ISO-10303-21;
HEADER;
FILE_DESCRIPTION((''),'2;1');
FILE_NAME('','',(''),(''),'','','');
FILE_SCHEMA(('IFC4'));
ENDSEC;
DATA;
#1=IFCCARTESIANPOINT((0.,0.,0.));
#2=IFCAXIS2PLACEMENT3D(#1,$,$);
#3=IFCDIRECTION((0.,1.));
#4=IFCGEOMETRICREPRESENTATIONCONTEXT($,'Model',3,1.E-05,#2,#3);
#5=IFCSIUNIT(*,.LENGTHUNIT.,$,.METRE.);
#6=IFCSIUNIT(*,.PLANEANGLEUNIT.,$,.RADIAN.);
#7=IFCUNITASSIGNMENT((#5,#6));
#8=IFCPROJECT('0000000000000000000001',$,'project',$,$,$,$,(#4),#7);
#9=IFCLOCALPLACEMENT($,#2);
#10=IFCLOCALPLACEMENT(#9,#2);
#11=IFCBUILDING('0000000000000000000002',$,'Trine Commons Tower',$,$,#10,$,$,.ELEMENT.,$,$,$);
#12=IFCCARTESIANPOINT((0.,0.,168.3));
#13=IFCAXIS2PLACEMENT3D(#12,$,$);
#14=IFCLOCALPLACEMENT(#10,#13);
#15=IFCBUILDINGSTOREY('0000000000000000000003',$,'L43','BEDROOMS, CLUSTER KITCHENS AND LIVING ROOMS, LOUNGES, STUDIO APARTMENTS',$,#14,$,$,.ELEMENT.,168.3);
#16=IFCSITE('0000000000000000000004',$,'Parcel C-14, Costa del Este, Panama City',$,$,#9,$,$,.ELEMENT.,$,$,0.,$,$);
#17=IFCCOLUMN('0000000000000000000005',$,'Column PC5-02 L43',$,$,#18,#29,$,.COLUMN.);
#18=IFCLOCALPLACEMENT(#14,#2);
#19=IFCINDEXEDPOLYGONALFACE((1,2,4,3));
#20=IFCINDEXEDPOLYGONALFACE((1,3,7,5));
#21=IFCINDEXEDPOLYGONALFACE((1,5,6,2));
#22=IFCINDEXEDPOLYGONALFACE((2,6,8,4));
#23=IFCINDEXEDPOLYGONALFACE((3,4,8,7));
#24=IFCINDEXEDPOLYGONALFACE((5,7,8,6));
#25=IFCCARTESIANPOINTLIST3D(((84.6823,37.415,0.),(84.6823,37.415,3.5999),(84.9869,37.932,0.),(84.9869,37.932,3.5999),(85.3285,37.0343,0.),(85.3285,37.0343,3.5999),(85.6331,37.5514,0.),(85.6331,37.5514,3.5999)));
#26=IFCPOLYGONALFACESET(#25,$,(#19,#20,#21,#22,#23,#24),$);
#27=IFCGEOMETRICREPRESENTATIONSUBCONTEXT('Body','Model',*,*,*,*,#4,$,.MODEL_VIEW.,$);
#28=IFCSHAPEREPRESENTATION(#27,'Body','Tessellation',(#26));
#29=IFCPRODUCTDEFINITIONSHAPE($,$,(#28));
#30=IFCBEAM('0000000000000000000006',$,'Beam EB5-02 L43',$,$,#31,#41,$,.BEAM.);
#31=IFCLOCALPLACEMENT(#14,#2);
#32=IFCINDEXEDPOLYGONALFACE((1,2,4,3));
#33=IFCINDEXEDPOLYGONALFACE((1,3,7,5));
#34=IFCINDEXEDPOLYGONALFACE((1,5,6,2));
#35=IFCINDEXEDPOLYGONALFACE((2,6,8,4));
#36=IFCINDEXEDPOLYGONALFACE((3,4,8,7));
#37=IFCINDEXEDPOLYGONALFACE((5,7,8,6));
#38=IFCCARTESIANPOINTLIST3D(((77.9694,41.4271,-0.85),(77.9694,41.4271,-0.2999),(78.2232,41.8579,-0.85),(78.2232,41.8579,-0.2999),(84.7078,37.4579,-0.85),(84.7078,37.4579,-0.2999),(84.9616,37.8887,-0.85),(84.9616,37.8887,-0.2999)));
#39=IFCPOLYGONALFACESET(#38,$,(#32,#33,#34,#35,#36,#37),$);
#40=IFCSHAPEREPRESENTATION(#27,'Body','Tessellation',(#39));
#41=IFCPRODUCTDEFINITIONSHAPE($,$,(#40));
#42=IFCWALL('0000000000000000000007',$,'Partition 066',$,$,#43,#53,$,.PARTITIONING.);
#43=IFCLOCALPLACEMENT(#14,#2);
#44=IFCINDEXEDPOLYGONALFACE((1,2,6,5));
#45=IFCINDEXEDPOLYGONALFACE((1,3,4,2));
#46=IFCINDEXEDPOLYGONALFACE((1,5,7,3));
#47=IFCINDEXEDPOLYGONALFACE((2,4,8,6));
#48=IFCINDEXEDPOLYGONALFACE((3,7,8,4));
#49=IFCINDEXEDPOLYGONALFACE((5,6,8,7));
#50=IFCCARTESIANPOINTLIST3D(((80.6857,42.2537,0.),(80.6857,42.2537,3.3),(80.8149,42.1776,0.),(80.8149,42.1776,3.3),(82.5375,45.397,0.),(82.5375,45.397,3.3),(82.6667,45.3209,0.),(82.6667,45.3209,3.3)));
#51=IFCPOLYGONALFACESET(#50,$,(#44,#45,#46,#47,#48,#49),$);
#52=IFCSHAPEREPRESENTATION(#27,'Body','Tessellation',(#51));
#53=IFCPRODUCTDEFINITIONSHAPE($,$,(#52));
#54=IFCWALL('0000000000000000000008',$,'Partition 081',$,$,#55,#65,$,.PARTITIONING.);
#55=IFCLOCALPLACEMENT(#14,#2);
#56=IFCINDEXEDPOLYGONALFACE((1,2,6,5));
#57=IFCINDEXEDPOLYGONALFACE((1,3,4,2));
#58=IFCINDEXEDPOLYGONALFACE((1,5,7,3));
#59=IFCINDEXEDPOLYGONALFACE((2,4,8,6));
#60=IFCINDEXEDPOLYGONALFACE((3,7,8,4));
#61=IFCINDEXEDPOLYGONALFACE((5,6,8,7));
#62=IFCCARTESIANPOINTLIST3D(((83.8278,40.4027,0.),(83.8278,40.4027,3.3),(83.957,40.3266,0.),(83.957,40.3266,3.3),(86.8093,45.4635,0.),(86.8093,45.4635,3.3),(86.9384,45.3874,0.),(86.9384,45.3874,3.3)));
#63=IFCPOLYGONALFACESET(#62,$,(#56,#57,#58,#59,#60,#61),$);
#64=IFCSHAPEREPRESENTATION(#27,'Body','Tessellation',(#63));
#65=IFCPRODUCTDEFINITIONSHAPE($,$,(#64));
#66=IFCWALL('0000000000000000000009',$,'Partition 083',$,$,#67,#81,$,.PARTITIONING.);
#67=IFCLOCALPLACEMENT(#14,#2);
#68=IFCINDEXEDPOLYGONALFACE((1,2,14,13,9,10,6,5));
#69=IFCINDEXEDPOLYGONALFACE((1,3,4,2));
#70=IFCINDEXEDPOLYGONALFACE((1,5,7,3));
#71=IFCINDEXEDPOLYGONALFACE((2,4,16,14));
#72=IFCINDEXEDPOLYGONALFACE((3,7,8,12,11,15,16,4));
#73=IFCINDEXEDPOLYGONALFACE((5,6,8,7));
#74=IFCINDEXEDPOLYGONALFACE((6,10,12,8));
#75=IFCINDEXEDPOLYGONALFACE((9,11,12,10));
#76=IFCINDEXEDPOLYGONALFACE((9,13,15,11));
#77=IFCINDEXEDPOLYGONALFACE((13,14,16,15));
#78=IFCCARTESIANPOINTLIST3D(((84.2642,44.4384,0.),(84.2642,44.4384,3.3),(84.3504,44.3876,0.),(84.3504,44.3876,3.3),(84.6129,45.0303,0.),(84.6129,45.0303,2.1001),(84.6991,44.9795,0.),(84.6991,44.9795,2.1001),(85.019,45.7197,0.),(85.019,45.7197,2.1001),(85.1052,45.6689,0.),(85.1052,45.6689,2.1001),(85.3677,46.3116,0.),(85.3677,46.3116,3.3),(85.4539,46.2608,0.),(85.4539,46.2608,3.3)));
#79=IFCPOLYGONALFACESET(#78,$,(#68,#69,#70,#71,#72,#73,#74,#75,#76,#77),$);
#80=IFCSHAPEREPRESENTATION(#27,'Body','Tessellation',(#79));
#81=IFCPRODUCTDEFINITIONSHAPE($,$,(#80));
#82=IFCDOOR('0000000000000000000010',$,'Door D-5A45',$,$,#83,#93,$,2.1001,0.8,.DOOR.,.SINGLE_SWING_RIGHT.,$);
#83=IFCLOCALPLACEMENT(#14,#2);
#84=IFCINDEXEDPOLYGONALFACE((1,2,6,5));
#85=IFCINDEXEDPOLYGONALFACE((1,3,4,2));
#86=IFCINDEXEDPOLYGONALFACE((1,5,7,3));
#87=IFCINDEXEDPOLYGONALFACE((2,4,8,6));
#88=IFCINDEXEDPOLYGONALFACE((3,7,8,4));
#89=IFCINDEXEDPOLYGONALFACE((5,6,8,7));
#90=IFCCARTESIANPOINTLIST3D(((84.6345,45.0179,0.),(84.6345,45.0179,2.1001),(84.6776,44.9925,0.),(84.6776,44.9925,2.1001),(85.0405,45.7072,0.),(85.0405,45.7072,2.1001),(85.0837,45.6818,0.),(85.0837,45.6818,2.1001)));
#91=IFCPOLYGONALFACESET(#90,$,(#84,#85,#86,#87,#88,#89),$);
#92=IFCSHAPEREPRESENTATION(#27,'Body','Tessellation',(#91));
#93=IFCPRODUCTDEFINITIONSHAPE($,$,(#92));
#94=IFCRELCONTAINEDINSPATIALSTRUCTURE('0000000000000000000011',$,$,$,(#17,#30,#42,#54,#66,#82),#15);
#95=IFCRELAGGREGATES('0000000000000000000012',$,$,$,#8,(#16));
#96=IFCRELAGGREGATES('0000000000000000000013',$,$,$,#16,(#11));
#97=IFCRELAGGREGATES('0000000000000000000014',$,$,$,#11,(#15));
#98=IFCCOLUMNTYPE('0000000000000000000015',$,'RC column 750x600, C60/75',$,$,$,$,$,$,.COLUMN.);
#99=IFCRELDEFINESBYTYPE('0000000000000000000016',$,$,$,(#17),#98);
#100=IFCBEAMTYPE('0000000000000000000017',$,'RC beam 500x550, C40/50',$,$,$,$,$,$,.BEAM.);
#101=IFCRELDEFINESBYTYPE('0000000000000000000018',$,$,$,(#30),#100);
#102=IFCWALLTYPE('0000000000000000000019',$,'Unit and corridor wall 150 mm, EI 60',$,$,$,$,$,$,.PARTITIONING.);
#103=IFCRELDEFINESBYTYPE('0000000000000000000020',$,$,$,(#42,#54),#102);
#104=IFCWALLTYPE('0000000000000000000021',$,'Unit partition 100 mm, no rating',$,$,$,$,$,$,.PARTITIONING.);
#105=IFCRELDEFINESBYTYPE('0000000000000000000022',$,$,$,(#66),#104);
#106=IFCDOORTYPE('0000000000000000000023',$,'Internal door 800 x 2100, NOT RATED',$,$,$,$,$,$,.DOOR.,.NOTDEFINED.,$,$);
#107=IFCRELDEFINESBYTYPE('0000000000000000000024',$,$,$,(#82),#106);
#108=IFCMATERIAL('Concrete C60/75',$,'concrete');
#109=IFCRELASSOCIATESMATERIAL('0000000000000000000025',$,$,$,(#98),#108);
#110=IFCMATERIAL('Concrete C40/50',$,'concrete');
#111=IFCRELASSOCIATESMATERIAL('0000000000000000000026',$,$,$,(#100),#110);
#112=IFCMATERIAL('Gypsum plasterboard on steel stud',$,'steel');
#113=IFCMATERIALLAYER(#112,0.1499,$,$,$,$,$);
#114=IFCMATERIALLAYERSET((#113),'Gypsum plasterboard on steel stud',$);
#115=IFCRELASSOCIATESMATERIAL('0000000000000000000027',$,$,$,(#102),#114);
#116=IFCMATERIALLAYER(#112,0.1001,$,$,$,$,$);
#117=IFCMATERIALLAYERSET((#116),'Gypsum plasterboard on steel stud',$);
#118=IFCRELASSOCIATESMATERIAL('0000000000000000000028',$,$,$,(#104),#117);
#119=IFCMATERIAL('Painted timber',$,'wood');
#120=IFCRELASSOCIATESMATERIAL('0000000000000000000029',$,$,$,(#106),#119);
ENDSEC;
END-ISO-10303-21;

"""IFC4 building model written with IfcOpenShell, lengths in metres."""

from ifc_helpers import new_model, si_unit, direction, frame, frame_2d, origin, origin_2d, place, context, subcontext, project, spatial, rectangle, extrude, material, layer, layer_set, material_profile, profile_set, type_object, element, fill, save


model = new_model("IFC4")

# Units and contexts
model_context = context("Model", 3, precision=1e-05, world=origin(), true_north=direction((0.0, 1.0)))
body_context = subcontext(model_context, "Body", "Model", "MODEL_VIEW")
ifc_project = project(units=[si_unit("LENGTHUNIT", "METRE"), si_unit("PLANEANGLEUNIT", "RADIAN")], contexts=[model_context])

# Site, building, storey
site_placement = place(None, origin())
site = spatial("IfcSite", under=ifc_project, at=site_placement, Name="Parcel C-14, Costa del Este, Panama City", CompositionType="ELEMENT", RefElevation=0.0)
building_placement = place(site_placement, origin())
building = spatial("IfcBuilding", under=site, at=building_placement, Name="Trine Commons Tower", CompositionType="ELEMENT")
storey_placement = place(building_placement, frame((0.0, 0.0, 168.3)))
storey = spatial("IfcBuildingStorey", under=building, at=storey_placement, Name="L43", Description="BEDROOMS, CLUSTER KITCHENS AND LIVING ROOMS, LOUNGES, STUDIO APARTMENTS", CompositionType="ELEMENT", Elevation=168.3)

# Column
ifc_material_1 = material(Name="Concrete C60/75", Category="concrete")
ifc_material_profile_1 = material_profile(ifc_material_1, rectangle(XDim=0.75, YDim=0.6001, at=origin_2d()), Name="RC 750x600")
ifc_profile_set_1 = profile_set([ifc_material_profile_1], Name="Concrete C60/75")
column_type = type_object("IfcColumnType", Name="RC column 750x600, C60/75", PredefinedType="COLUMN", material=ifc_profile_set_1)
column_placement = place(storey_placement, frame((85.1577, 37.4832, 0.0), z_axis=(0.0, 0.0, 1.0), x_axis=(-0.861629, 0.507538, 0.0)))
element("IfcColumn", 1, at=column_placement, inside=storey, type_object=column_type, Name="Column PC5-02 L43", PredefinedType="COLUMN", context=body_context, shape_type="SweptSolid", body=[
    extrude(rectangle(XDim=0.75, YDim=0.6001, at=origin_2d()), origin(), (0.0, 0.0, 1.0), 3.5999),
])

# Beam
ifc_material_2 = material(Name="Concrete C40/50", Category="concrete")
ifc_material_profile_2 = material_profile(ifc_material_2, rectangle(XDim=0.5, YDim=0.55, at=origin_2d()), Name="RC 500x550")
ifc_profile_set_2 = profile_set([ifc_material_profile_2], Name="Concrete C40/50")
beam_type = type_object("IfcBeamType", Name="RC beam 500x550, C40/50", PredefinedType="BEAM", material=ifc_profile_set_2)
beam_placement = place(storey_placement, frame((84.8347, 37.6733, -0.575), z_axis=(-0.861632, 0.507533, 0.0), x_axis=(-0.507533, -0.861632, 0.0)))
element("IfcBeam", 2, at=beam_placement, inside=storey, type_object=beam_type, Name="Beam EB5-02 L43", PredefinedType="BEAM", context=body_context, shape_type="SweptSolid", body=[
    extrude(rectangle(XDim=0.5, YDim=0.55, at=origin_2d()), origin(), (0.0, 0.0, 1.0), 7.8206),
])

# Walls
ifc_material_3 = material(Name="Gypsum plasterboard on steel stud", Category="steel")
ifc_layer_1 = layer(ifc_material_3, 0.1499)
ifc_layer_set_1 = layer_set([ifc_layer_1], Name="Gypsum plasterboard on steel stud")
wall_type_1 = type_object("IfcWallType", Name="Unit and corridor wall 150 mm, EI 60", PredefinedType="PARTITIONING", material=ifc_layer_set_1)
wall_1_placement = place(storey_placement, frame((80.7502, 42.2156, 0.0), z_axis=(0.0, 0.0, 1.0), x_axis=(0.50759, 0.861599, 0.0)))
element("IfcWall", 3, at=wall_1_placement, inside=storey, type_object=wall_type_1, Name="Partition 066", PredefinedType="PARTITIONING", context=body_context, shape_type="SweptSolid", body=[
    extrude(rectangle(XDim=3.6482, YDim=0.1499, at=frame_2d((1.8242, 0.0))), origin(), (0.0, 0.0, 1.0), 3.3),
])
wall_2_placement = place(storey_placement, frame((83.8923, 40.3645, 0.0), z_axis=(0.0, 0.0, 1.0), x_axis=(0.50759, 0.861599, 0.0)))
element("IfcWall", 4, at=wall_2_placement, inside=storey, type_object=wall_type_1, Name="Partition 081", PredefinedType="PARTITIONING", context=body_context, shape_type="SweptSolid", body=[
    extrude(rectangle(XDim=5.8738, YDim=0.1499, at=frame_2d((2.937, 0.0))), origin(), (0.0, 0.0, 1.0), 3.3),
])

# Wall, opening, door
ifc_layer_2 = layer(ifc_material_3, 0.1001)
ifc_layer_set_2 = layer_set([ifc_layer_2], Name="Gypsum plasterboard on steel stud")
wall_type_2 = type_object("IfcWallType", Name="Unit partition 100 mm, no rating", PredefinedType="PARTITIONING", material=ifc_layer_set_2)
wall_3_placement = place(storey_placement, frame((84.3074, 44.4131, 0.0), z_axis=(0.0, 0.0, 1.0), x_axis=(0.50756, 0.861617, 0.0)))
wall_3 = element("IfcWall", 5, at=wall_3_placement, inside=storey, type_object=wall_type_2, Name="Partition 083", PredefinedType="PARTITIONING", context=body_context, shape_type="SweptSolid", body=[
    extrude(rectangle(XDim=2.1741, YDim=0.1001, at=frame_2d((1.0869, 0.0))), origin(), (0.0, 0.0, 1.0), 3.3),
])
opening_placement = place(wall_3_placement, frame((0.687, 0.0, 0.0)))
opening = element("IfcOpeningElement", 6, at=opening_placement, cuts=wall_3, PredefinedType="OPENING", context=body_context, shape_type="SweptSolid", body=[
    extrude(rectangle(XDim=0.8, YDim=2.1001, at=frame_2d((0.3999, 1.05))), frame((0.0, 0.0601, 0.0), z_axis=(0.0, -1.0, 0.0), x_axis=(1.0, 0.0, 0.0)), (0.0, 0.0, 1.0), 0.1201),
])
ifc_material_4 = material(Name="Painted timber", Category="wood")
door_type = type_object("IfcDoorType", Name="Internal door 800 x 2100, NOT RATED", OperationType="NOTDEFINED", PredefinedType="DOOR", material=ifc_material_4)
door_placement = place(opening_placement, frame((0.8, 0.0, 0.0), z_axis=(0.0, 0.0, 1.0), x_axis=(-1.0, 0.0, 0.0)))
door = element("IfcDoor", 7, at=door_placement, inside=storey, type_object=door_type, Name="Door D-5A45", OperationType="SINGLE_SWING_RIGHT", OverallHeight=2.1001, OverallWidth=0.8, PredefinedType="DOOR", context=body_context, shape_type="SweptSolid", body=[
    extrude(rectangle(XDim=0.8, YDim=2.1001, at=frame_2d((0.3999, 1.05))), frame((0.0, 0.0249, 0.0), z_axis=(0.0, -1.0, 0.0), x_axis=(1.0, 0.0, 0.0)), (0.0, 0.0, 1.0), 0.05),
])
fill(opening, door)

save(model, "model.ifc")
